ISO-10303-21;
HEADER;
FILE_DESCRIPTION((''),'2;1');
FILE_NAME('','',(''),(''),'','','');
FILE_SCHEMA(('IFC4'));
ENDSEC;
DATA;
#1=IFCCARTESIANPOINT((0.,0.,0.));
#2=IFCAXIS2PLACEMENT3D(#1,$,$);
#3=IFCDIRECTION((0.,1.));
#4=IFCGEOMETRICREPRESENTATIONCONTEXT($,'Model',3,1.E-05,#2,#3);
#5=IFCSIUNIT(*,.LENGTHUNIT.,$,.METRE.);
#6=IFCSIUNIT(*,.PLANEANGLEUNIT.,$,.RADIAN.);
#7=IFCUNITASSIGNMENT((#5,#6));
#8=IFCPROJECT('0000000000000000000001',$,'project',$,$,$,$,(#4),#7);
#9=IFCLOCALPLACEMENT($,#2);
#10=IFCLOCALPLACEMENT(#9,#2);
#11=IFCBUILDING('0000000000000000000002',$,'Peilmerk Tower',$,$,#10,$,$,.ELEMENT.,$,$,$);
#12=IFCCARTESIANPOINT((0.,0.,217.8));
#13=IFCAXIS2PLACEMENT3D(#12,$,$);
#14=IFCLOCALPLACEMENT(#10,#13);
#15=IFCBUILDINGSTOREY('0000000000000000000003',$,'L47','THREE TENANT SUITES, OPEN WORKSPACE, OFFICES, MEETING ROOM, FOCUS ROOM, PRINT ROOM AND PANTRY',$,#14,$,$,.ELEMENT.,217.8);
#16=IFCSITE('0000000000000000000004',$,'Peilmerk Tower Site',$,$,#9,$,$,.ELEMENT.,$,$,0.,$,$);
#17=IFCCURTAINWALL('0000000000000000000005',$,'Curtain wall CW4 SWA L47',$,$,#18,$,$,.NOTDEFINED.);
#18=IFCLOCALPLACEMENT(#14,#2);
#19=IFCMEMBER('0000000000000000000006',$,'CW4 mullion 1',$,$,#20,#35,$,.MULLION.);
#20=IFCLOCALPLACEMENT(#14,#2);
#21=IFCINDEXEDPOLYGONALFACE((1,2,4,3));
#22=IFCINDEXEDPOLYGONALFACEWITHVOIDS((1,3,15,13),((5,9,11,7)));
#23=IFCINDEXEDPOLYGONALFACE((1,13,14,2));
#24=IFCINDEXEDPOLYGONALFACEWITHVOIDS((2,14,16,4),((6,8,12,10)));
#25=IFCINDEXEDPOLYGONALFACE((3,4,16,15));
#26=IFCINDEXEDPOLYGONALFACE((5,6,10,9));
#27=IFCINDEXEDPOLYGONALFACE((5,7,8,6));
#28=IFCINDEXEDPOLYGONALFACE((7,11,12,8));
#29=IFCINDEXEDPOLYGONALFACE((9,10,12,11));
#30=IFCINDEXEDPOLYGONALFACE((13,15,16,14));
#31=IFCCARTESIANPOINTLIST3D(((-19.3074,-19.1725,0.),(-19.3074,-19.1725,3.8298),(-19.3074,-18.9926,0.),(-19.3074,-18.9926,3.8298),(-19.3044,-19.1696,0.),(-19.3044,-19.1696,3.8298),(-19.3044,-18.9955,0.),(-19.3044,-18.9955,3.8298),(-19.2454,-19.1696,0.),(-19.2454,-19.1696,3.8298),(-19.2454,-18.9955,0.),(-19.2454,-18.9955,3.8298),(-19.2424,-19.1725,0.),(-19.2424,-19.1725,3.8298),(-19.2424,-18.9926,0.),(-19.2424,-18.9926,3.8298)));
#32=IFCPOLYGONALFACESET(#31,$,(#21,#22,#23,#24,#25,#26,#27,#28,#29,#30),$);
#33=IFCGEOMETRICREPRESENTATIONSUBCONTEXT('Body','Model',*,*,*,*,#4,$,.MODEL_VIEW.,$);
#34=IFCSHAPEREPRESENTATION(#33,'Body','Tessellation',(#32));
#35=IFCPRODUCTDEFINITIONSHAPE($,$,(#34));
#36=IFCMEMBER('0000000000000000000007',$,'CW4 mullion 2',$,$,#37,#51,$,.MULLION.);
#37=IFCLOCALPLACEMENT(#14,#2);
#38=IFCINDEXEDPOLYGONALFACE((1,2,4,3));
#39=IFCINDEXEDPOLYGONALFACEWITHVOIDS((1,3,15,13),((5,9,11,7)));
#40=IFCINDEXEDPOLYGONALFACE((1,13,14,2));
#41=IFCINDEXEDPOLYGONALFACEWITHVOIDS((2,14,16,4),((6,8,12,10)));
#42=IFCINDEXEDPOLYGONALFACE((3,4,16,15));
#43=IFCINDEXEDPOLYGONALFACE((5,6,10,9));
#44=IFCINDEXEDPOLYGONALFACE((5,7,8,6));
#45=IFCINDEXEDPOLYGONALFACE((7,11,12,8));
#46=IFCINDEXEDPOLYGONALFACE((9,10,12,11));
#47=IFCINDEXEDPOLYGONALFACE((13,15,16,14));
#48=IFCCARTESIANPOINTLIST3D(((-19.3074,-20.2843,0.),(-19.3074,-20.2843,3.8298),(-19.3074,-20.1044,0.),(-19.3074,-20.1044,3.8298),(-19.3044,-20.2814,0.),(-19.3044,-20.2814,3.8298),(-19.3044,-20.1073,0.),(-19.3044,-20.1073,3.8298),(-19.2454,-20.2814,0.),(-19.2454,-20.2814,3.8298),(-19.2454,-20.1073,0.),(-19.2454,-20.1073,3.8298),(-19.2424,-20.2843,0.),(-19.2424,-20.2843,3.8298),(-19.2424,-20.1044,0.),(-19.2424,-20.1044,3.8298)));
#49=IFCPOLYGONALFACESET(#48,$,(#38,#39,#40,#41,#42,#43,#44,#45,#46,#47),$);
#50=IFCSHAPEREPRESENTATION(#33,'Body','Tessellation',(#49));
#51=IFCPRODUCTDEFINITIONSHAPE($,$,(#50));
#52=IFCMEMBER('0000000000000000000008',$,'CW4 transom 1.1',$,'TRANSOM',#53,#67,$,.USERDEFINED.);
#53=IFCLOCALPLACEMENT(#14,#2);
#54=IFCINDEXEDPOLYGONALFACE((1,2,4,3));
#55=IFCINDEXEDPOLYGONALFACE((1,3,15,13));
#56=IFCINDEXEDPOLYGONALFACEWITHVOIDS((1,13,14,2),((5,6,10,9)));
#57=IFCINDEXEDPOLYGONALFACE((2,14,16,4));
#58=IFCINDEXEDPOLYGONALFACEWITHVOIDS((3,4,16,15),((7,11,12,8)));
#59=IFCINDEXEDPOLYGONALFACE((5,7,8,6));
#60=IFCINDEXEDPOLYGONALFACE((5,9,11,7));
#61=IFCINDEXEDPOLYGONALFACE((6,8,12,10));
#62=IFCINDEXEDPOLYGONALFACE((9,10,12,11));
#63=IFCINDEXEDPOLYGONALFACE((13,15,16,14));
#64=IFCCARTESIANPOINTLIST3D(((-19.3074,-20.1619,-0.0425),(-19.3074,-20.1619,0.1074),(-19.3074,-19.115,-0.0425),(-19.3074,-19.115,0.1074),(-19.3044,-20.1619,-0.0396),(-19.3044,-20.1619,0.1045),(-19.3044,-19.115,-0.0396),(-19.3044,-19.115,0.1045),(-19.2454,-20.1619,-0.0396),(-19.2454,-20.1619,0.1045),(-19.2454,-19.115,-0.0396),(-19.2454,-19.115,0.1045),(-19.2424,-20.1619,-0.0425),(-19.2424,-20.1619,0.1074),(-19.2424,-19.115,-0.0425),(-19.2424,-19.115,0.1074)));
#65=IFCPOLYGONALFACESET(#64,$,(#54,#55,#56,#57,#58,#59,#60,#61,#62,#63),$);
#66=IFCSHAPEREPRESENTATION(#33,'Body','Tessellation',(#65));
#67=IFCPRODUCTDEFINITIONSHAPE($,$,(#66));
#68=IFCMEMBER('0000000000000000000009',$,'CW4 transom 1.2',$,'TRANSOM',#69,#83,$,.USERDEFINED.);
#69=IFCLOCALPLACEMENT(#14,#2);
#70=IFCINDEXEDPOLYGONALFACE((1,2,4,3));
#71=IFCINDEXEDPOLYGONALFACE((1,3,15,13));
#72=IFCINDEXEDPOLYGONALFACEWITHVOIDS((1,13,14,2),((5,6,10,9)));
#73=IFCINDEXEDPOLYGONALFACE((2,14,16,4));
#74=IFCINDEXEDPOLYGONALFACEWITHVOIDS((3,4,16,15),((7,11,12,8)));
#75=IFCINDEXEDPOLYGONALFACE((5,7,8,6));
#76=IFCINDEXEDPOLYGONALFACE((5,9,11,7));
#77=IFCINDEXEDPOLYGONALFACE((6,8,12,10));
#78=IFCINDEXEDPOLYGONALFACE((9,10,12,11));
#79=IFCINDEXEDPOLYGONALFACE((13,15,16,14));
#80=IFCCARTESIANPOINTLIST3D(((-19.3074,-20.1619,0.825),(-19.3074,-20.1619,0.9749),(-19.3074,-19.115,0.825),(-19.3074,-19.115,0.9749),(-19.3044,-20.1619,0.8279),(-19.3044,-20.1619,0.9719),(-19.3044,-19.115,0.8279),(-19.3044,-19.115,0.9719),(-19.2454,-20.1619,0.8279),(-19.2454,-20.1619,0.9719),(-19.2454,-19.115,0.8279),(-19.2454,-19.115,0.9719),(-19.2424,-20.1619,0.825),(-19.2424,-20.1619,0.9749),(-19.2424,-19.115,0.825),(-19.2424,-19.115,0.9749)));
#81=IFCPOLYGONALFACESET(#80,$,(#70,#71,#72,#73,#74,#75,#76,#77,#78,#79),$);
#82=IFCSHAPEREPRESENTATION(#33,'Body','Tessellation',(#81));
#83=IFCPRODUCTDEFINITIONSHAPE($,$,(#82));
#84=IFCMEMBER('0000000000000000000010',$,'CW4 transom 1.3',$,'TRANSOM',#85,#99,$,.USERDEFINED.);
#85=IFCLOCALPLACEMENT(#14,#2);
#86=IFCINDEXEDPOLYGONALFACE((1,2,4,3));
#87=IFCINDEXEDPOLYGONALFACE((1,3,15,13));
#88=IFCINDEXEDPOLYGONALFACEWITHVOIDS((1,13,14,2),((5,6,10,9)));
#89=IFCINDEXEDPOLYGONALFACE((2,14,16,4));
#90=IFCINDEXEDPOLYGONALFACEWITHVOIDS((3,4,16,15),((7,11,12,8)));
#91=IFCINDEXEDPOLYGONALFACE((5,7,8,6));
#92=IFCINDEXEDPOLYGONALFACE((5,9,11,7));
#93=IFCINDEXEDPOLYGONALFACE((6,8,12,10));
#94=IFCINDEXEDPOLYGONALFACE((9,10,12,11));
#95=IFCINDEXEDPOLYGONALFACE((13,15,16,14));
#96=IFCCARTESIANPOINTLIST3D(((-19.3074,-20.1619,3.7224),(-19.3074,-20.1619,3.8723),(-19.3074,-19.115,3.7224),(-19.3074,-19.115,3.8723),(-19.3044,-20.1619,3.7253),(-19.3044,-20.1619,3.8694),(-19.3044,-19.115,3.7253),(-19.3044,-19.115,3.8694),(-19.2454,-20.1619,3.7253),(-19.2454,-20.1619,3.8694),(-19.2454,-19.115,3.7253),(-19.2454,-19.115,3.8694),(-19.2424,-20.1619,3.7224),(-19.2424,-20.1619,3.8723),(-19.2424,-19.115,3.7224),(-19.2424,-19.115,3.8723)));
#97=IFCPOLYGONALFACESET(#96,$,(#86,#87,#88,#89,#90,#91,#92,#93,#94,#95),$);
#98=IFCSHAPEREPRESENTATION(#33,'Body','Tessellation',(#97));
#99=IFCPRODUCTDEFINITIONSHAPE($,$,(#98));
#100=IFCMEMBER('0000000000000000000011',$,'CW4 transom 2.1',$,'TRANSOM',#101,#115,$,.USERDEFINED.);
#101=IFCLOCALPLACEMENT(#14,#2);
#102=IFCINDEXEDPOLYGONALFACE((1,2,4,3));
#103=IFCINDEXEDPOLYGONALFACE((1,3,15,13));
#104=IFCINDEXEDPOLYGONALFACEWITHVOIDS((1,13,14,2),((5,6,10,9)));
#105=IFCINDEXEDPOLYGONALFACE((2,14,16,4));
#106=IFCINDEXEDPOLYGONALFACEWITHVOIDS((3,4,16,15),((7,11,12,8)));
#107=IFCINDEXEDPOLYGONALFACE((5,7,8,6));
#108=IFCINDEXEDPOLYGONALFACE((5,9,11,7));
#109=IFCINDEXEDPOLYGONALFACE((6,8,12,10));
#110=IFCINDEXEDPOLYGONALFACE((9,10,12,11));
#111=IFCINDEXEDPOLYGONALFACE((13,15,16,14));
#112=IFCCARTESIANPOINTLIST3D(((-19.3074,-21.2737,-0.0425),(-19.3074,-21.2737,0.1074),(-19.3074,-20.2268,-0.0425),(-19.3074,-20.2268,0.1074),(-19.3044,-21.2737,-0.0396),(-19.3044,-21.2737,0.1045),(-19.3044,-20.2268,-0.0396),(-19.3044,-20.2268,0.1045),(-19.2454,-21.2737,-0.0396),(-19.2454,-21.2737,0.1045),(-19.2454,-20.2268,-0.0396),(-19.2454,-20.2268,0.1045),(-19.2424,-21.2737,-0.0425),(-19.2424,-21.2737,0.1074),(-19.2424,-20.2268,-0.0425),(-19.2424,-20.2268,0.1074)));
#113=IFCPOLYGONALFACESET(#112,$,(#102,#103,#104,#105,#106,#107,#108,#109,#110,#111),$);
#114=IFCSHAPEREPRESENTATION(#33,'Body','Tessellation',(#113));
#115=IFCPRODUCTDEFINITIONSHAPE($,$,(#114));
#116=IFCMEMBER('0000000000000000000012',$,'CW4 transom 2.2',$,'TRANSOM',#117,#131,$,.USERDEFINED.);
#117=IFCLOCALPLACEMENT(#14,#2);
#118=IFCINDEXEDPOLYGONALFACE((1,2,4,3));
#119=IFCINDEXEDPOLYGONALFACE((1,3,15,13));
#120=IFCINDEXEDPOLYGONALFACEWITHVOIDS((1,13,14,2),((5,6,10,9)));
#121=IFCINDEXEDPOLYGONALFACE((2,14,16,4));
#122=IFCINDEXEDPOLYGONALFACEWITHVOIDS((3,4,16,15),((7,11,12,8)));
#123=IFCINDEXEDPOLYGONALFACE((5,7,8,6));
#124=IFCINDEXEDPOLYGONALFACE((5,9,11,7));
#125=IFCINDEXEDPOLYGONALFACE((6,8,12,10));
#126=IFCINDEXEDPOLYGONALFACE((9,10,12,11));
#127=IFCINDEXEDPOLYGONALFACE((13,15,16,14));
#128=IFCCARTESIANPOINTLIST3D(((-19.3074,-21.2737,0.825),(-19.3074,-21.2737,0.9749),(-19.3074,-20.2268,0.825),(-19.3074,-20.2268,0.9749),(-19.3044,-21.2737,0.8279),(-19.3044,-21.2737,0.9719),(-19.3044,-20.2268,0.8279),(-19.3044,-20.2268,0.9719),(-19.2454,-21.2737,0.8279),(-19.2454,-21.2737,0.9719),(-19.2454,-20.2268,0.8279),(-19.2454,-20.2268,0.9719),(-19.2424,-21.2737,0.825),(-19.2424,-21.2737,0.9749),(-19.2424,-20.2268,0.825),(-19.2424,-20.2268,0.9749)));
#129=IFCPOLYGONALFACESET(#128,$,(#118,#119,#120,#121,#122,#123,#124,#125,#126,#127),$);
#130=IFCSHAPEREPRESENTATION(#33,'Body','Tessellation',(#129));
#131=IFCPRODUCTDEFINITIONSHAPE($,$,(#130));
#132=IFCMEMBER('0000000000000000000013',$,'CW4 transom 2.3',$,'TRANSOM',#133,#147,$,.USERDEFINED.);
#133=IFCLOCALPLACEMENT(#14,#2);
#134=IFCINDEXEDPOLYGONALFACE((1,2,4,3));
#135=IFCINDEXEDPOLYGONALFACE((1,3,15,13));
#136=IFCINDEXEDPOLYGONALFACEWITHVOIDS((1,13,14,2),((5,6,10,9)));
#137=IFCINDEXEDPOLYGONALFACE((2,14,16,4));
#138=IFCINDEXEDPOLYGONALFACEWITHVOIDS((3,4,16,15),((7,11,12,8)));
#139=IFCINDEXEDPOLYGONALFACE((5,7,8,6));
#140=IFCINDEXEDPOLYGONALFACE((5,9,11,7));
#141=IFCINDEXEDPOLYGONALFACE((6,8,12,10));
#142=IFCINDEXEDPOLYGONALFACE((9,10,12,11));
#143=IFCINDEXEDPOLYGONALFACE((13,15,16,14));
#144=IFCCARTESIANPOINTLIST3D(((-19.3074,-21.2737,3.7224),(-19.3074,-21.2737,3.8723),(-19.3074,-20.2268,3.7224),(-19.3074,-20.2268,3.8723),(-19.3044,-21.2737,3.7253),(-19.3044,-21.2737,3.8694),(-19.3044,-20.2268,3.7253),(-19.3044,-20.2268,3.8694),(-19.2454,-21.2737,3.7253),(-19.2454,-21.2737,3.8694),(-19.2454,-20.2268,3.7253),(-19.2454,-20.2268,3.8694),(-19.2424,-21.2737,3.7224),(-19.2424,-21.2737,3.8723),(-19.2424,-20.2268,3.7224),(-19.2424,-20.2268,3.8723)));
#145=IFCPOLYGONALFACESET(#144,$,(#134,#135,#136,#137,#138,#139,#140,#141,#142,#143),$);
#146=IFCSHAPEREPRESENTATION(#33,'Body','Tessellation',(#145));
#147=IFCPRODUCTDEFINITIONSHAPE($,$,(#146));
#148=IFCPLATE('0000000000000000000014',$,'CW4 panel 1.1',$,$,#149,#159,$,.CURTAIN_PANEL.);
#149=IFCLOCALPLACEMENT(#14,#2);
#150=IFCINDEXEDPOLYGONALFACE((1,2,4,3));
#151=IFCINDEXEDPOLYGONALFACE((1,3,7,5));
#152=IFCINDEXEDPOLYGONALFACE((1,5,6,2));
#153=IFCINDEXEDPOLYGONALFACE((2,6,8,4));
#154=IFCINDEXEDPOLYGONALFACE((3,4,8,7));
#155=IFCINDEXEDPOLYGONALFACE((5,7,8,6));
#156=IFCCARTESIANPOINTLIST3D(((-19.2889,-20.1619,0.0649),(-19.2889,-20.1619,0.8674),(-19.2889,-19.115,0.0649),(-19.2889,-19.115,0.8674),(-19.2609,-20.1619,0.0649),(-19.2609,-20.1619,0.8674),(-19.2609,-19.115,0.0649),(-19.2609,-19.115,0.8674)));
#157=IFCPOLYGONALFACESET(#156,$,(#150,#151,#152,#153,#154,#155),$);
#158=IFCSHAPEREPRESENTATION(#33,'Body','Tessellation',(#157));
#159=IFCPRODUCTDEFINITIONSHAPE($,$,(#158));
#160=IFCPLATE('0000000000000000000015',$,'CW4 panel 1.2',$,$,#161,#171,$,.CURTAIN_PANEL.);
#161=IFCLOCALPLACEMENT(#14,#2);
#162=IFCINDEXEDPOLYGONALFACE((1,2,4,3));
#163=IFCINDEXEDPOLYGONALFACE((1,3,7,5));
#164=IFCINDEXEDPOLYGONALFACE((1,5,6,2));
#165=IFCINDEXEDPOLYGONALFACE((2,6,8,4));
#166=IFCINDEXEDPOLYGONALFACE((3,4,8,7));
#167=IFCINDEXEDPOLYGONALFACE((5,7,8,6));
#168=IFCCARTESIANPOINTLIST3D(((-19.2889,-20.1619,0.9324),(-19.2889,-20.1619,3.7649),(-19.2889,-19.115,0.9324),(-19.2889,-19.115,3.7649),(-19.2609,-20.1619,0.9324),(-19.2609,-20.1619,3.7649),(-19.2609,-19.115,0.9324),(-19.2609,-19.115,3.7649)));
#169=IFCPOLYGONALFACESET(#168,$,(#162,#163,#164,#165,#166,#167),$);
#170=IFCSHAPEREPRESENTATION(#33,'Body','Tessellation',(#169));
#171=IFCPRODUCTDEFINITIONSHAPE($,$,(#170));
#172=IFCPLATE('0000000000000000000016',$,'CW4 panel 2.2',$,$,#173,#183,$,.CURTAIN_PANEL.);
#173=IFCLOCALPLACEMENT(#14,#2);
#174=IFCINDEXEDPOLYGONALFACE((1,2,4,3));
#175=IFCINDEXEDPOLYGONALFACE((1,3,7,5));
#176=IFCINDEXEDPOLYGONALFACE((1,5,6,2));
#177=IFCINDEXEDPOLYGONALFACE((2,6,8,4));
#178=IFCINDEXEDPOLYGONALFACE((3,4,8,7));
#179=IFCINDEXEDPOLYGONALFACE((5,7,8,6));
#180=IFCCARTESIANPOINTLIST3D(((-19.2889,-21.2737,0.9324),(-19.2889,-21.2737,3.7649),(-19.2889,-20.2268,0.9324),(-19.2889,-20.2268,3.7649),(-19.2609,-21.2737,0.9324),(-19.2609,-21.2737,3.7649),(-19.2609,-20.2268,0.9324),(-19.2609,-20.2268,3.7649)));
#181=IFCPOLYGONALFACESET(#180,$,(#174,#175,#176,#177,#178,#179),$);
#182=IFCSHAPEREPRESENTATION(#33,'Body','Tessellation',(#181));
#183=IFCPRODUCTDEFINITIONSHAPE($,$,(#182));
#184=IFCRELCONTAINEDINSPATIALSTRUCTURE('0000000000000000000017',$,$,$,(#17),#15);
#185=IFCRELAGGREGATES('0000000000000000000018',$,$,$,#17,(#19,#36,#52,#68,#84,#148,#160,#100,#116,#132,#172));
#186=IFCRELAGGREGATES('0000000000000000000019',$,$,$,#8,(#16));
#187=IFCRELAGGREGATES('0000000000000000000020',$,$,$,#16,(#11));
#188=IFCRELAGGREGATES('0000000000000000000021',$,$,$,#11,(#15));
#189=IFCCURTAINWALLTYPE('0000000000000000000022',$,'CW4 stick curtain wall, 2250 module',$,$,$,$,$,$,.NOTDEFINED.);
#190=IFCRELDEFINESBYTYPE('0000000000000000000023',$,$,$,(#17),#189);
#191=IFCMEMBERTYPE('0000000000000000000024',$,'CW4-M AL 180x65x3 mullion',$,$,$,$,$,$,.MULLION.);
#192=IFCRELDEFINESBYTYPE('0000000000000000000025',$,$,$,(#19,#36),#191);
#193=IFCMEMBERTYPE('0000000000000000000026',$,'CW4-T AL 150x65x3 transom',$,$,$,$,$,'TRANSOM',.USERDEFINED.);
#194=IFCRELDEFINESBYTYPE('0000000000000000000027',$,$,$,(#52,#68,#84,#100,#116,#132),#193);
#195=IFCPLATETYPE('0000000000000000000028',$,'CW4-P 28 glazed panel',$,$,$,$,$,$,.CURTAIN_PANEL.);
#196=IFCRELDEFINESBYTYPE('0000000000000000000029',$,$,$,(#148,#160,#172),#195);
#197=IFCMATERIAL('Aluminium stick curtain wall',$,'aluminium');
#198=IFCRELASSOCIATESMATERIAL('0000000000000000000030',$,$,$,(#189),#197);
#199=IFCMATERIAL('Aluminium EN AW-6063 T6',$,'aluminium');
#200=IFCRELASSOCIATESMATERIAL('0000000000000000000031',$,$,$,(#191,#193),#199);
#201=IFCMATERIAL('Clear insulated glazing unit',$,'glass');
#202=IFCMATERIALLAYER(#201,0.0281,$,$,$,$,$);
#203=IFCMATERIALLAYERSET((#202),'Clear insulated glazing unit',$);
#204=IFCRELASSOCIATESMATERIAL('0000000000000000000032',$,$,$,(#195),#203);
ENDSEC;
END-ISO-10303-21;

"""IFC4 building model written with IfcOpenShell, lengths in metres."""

from ifc_helpers import new_model, si_unit, direction, frame, origin, origin_2d, place, context, subcontext, project, spatial, rectangle, hollow_rectangle, extrude, material, layer, layer_set, material_profile, profile_set, type_object, element, aggregate, save


model = new_model("IFC4")

# Units and contexts
model_context = context("Model", 3, precision=1e-05, world=origin(), true_north=direction((0.0, 1.0)))
body_context = subcontext(model_context, "Body", "Model", "MODEL_VIEW")
ifc_project = project(units=[si_unit("LENGTHUNIT", "METRE"), si_unit("PLANEANGLEUNIT", "RADIAN")], contexts=[model_context])

# Site, building, storey
site_placement = place(None, origin())
site = spatial("IfcSite", under=ifc_project, at=site_placement, Name="Peilmerk Tower Site", CompositionType="ELEMENT", RefElevation=0.0)
building_placement = place(site_placement, origin())
building = spatial("IfcBuilding", under=site, at=building_placement, Name="Peilmerk Tower", CompositionType="ELEMENT")
storey_placement = place(building_placement, frame((0.0, 0.0, 217.8)))
storey = spatial("IfcBuildingStorey", under=building, at=storey_placement, Name="L47", Description="THREE TENANT SUITES, OPEN WORKSPACE, OFFICES, MEETING ROOM, FOCUS ROOM, PRINT ROOM AND PANTRY", CompositionType="ELEMENT", Elevation=217.8)

# Curtain wall, members, plates
ifc_material_1 = material(Name="Aluminium stick curtain wall", Category="aluminium")
curtain_wall_type = type_object("IfcCurtainWallType", Name="CW4 stick curtain wall, 2250 module", PredefinedType="NOTDEFINED", material=ifc_material_1)
curtain_wall_placement = place(storey_placement, origin())
curtain_wall = element("IfcCurtainWall", 1, at=curtain_wall_placement, inside=storey, type_object=curtain_wall_type, Name="Curtain wall CW4 SWA L47", PredefinedType="NOTDEFINED")
ifc_material_2 = material(Name="Aluminium EN AW-6063 T6", Category="aluminium")
ifc_material_profile_1 = material_profile(ifc_material_2, hollow_rectangle(XDim=0.0649, YDim=0.1799, WallThickness=0.0029, at=origin_2d()), Name="AL 180x65x3")
ifc_profile_set_1 = profile_set([ifc_material_profile_1], Name="Aluminium EN AW-6063 T6")
member_type_1 = type_object("IfcMemberType", Name="CW4-M AL 180x65x3 mullion", PredefinedType="MULLION", material=ifc_profile_set_1)
member_1_placement = place(storey_placement, frame((-19.2749, -19.0825, 0.0), z_axis=(0.0, 0.0, 1.0), x_axis=(1.0, 0.0, 0.0)))
member_1 = element("IfcMember", 2, at=member_1_placement, type_object=member_type_1, Name="CW4 mullion 1", PredefinedType="MULLION", context=body_context, shape_type="SweptSolid", body=[
    extrude(hollow_rectangle(XDim=0.0649, YDim=0.1799, WallThickness=0.0029, at=origin_2d()), origin(), (0.0, 0.0, 1.0), 3.8298),
])
member_2_placement = place(storey_placement, frame((-19.2749, -20.1943, 0.0), z_axis=(0.0, 0.0, 1.0), x_axis=(1.0, 0.0, 0.0)))
member_2 = element("IfcMember", 3, at=member_2_placement, type_object=member_type_1, Name="CW4 mullion 2", PredefinedType="MULLION", context=body_context, shape_type="SweptSolid", body=[
    extrude(hollow_rectangle(XDim=0.0649, YDim=0.1799, WallThickness=0.0029, at=origin_2d()), origin(), (0.0, 0.0, 1.0), 3.8298),
])
ifc_material_profile_2 = material_profile(ifc_material_2, hollow_rectangle(XDim=0.0649, YDim=0.1499, WallThickness=0.0029, at=origin_2d()), Name="AL 150x65x3")
ifc_profile_set_2 = profile_set([ifc_material_profile_2], Name="Aluminium EN AW-6063 T6")
member_type_2 = type_object("IfcMemberType", Name="CW4-T AL 150x65x3 transom", ElementType="TRANSOM", PredefinedType="USERDEFINED", material=ifc_profile_set_2)
member_3_placement = place(storey_placement, frame((-19.2749, -19.115, 0.0325), z_axis=(0.0, -1.0, 0.0), x_axis=(1.0, 0.0, 0.0)))
member_3 = element("IfcMember", 4, at=member_3_placement, type_object=member_type_2, Name="CW4 transom 1.1", ObjectType="TRANSOM", PredefinedType="USERDEFINED", context=body_context, shape_type="SweptSolid", body=[
    extrude(hollow_rectangle(XDim=0.0649, YDim=0.1499, WallThickness=0.0029, at=origin_2d()), origin(), (0.0, 0.0, 1.0), 1.0469),
])
member_4_placement = place(storey_placement, frame((-19.2749, -19.115, 0.8999), z_axis=(0.0, -1.0, 0.0), x_axis=(1.0, 0.0, 0.0)))
member_4 = element("IfcMember", 5, at=member_4_placement, type_object=member_type_2, Name="CW4 transom 1.2", ObjectType="TRANSOM", PredefinedType="USERDEFINED", context=body_context, shape_type="SweptSolid", body=[
    extrude(hollow_rectangle(XDim=0.0649, YDim=0.1499, WallThickness=0.0029, at=origin_2d()), origin(), (0.0, 0.0, 1.0), 1.0469),
])
member_5_placement = place(storey_placement, frame((-19.2749, -19.115, 3.7974), z_axis=(0.0, -1.0, 0.0), x_axis=(1.0, 0.0, 0.0)))
member_5 = element("IfcMember", 6, at=member_5_placement, type_object=member_type_2, Name="CW4 transom 1.3", ObjectType="TRANSOM", PredefinedType="USERDEFINED", context=body_context, shape_type="SweptSolid", body=[
    extrude(hollow_rectangle(XDim=0.0649, YDim=0.1499, WallThickness=0.0029, at=origin_2d()), origin(), (0.0, 0.0, 1.0), 1.0469),
])
member_6_placement = place(storey_placement, frame((-19.2749, -20.2268, 0.0325), z_axis=(0.0, -1.0, 0.0), x_axis=(1.0, 0.0, 0.0)))
member_6 = element("IfcMember", 7, at=member_6_placement, type_object=member_type_2, Name="CW4 transom 2.1", ObjectType="TRANSOM", PredefinedType="USERDEFINED", context=body_context, shape_type="SweptSolid", body=[
    extrude(hollow_rectangle(XDim=0.0649, YDim=0.1499, WallThickness=0.0029, at=origin_2d()), origin(), (0.0, 0.0, 1.0), 1.0469),
])
member_7_placement = place(storey_placement, frame((-19.2749, -20.2268, 0.8999), z_axis=(0.0, -1.0, 0.0), x_axis=(1.0, 0.0, 0.0)))
member_7 = element("IfcMember", 8, at=member_7_placement, type_object=member_type_2, Name="CW4 transom 2.2", ObjectType="TRANSOM", PredefinedType="USERDEFINED", context=body_context, shape_type="SweptSolid", body=[
    extrude(hollow_rectangle(XDim=0.0649, YDim=0.1499, WallThickness=0.0029, at=origin_2d()), origin(), (0.0, 0.0, 1.0), 1.0469),
])
member_8_placement = place(storey_placement, frame((-19.2749, -20.2268, 3.7974), z_axis=(0.0, -1.0, 0.0), x_axis=(1.0, 0.0, 0.0)))
member_8 = element("IfcMember", 9, at=member_8_placement, type_object=member_type_2, Name="CW4 transom 2.3", ObjectType="TRANSOM", PredefinedType="USERDEFINED", context=body_context, shape_type="SweptSolid", body=[
    extrude(hollow_rectangle(XDim=0.0649, YDim=0.1499, WallThickness=0.0029, at=origin_2d()), origin(), (0.0, 0.0, 1.0), 1.0469),
])
ifc_material_3 = material(Name="Clear insulated glazing unit", Category="glass")
ifc_layer = layer(ifc_material_3, 0.0281)
ifc_layer_set = layer_set([ifc_layer], Name="Clear insulated glazing unit")
plate_type = type_object("IfcPlateType", Name="CW4-P 28 glazed panel", PredefinedType="CURTAIN_PANEL", material=ifc_layer_set)
plate_1_placement = place(storey_placement, frame((-19.2749, -19.6384, 0.0649), z_axis=(0.0, 0.0, 1.0), x_axis=(0.0, -1.0, 0.0)))
plate_1 = element("IfcPlate", 10, at=plate_1_placement, type_object=plate_type, Name="CW4 panel 1.1", PredefinedType="CURTAIN_PANEL", context=body_context, shape_type="SweptSolid", body=[
    extrude(rectangle(XDim=1.0469, YDim=0.0281, at=origin_2d()), origin(), (0.0, 0.0, 1.0), 0.8025),
])
plate_2_placement = place(storey_placement, frame((-19.2749, -19.6384, 0.9324), z_axis=(0.0, 0.0, 1.0), x_axis=(0.0, -1.0, 0.0)))
plate_2 = element("IfcPlate", 11, at=plate_2_placement, type_object=plate_type, Name="CW4 panel 1.2", PredefinedType="CURTAIN_PANEL", context=body_context, shape_type="SweptSolid", body=[
    extrude(rectangle(XDim=1.0469, YDim=0.0281, at=origin_2d()), origin(), (0.0, 0.0, 1.0), 2.8325),
])
plate_3_placement = place(storey_placement, frame((-19.2749, -20.7502, 0.9324), z_axis=(0.0, 0.0, 1.0), x_axis=(0.0, -1.0, 0.0)))
plate_3 = element("IfcPlate", 12, at=plate_3_placement, type_object=plate_type, Name="CW4 panel 2.2", PredefinedType="CURTAIN_PANEL", context=body_context, shape_type="SweptSolid", body=[
    extrude(rectangle(XDim=1.0469, YDim=0.0281, at=origin_2d()), origin(), (0.0, 0.0, 1.0), 2.8325),
])
aggregate(curtain_wall, [member_1, member_2, member_3, member_4, member_5, plate_1, plate_2, member_6, member_7, member_8, plate_3])

save(model, "model.ifc")
